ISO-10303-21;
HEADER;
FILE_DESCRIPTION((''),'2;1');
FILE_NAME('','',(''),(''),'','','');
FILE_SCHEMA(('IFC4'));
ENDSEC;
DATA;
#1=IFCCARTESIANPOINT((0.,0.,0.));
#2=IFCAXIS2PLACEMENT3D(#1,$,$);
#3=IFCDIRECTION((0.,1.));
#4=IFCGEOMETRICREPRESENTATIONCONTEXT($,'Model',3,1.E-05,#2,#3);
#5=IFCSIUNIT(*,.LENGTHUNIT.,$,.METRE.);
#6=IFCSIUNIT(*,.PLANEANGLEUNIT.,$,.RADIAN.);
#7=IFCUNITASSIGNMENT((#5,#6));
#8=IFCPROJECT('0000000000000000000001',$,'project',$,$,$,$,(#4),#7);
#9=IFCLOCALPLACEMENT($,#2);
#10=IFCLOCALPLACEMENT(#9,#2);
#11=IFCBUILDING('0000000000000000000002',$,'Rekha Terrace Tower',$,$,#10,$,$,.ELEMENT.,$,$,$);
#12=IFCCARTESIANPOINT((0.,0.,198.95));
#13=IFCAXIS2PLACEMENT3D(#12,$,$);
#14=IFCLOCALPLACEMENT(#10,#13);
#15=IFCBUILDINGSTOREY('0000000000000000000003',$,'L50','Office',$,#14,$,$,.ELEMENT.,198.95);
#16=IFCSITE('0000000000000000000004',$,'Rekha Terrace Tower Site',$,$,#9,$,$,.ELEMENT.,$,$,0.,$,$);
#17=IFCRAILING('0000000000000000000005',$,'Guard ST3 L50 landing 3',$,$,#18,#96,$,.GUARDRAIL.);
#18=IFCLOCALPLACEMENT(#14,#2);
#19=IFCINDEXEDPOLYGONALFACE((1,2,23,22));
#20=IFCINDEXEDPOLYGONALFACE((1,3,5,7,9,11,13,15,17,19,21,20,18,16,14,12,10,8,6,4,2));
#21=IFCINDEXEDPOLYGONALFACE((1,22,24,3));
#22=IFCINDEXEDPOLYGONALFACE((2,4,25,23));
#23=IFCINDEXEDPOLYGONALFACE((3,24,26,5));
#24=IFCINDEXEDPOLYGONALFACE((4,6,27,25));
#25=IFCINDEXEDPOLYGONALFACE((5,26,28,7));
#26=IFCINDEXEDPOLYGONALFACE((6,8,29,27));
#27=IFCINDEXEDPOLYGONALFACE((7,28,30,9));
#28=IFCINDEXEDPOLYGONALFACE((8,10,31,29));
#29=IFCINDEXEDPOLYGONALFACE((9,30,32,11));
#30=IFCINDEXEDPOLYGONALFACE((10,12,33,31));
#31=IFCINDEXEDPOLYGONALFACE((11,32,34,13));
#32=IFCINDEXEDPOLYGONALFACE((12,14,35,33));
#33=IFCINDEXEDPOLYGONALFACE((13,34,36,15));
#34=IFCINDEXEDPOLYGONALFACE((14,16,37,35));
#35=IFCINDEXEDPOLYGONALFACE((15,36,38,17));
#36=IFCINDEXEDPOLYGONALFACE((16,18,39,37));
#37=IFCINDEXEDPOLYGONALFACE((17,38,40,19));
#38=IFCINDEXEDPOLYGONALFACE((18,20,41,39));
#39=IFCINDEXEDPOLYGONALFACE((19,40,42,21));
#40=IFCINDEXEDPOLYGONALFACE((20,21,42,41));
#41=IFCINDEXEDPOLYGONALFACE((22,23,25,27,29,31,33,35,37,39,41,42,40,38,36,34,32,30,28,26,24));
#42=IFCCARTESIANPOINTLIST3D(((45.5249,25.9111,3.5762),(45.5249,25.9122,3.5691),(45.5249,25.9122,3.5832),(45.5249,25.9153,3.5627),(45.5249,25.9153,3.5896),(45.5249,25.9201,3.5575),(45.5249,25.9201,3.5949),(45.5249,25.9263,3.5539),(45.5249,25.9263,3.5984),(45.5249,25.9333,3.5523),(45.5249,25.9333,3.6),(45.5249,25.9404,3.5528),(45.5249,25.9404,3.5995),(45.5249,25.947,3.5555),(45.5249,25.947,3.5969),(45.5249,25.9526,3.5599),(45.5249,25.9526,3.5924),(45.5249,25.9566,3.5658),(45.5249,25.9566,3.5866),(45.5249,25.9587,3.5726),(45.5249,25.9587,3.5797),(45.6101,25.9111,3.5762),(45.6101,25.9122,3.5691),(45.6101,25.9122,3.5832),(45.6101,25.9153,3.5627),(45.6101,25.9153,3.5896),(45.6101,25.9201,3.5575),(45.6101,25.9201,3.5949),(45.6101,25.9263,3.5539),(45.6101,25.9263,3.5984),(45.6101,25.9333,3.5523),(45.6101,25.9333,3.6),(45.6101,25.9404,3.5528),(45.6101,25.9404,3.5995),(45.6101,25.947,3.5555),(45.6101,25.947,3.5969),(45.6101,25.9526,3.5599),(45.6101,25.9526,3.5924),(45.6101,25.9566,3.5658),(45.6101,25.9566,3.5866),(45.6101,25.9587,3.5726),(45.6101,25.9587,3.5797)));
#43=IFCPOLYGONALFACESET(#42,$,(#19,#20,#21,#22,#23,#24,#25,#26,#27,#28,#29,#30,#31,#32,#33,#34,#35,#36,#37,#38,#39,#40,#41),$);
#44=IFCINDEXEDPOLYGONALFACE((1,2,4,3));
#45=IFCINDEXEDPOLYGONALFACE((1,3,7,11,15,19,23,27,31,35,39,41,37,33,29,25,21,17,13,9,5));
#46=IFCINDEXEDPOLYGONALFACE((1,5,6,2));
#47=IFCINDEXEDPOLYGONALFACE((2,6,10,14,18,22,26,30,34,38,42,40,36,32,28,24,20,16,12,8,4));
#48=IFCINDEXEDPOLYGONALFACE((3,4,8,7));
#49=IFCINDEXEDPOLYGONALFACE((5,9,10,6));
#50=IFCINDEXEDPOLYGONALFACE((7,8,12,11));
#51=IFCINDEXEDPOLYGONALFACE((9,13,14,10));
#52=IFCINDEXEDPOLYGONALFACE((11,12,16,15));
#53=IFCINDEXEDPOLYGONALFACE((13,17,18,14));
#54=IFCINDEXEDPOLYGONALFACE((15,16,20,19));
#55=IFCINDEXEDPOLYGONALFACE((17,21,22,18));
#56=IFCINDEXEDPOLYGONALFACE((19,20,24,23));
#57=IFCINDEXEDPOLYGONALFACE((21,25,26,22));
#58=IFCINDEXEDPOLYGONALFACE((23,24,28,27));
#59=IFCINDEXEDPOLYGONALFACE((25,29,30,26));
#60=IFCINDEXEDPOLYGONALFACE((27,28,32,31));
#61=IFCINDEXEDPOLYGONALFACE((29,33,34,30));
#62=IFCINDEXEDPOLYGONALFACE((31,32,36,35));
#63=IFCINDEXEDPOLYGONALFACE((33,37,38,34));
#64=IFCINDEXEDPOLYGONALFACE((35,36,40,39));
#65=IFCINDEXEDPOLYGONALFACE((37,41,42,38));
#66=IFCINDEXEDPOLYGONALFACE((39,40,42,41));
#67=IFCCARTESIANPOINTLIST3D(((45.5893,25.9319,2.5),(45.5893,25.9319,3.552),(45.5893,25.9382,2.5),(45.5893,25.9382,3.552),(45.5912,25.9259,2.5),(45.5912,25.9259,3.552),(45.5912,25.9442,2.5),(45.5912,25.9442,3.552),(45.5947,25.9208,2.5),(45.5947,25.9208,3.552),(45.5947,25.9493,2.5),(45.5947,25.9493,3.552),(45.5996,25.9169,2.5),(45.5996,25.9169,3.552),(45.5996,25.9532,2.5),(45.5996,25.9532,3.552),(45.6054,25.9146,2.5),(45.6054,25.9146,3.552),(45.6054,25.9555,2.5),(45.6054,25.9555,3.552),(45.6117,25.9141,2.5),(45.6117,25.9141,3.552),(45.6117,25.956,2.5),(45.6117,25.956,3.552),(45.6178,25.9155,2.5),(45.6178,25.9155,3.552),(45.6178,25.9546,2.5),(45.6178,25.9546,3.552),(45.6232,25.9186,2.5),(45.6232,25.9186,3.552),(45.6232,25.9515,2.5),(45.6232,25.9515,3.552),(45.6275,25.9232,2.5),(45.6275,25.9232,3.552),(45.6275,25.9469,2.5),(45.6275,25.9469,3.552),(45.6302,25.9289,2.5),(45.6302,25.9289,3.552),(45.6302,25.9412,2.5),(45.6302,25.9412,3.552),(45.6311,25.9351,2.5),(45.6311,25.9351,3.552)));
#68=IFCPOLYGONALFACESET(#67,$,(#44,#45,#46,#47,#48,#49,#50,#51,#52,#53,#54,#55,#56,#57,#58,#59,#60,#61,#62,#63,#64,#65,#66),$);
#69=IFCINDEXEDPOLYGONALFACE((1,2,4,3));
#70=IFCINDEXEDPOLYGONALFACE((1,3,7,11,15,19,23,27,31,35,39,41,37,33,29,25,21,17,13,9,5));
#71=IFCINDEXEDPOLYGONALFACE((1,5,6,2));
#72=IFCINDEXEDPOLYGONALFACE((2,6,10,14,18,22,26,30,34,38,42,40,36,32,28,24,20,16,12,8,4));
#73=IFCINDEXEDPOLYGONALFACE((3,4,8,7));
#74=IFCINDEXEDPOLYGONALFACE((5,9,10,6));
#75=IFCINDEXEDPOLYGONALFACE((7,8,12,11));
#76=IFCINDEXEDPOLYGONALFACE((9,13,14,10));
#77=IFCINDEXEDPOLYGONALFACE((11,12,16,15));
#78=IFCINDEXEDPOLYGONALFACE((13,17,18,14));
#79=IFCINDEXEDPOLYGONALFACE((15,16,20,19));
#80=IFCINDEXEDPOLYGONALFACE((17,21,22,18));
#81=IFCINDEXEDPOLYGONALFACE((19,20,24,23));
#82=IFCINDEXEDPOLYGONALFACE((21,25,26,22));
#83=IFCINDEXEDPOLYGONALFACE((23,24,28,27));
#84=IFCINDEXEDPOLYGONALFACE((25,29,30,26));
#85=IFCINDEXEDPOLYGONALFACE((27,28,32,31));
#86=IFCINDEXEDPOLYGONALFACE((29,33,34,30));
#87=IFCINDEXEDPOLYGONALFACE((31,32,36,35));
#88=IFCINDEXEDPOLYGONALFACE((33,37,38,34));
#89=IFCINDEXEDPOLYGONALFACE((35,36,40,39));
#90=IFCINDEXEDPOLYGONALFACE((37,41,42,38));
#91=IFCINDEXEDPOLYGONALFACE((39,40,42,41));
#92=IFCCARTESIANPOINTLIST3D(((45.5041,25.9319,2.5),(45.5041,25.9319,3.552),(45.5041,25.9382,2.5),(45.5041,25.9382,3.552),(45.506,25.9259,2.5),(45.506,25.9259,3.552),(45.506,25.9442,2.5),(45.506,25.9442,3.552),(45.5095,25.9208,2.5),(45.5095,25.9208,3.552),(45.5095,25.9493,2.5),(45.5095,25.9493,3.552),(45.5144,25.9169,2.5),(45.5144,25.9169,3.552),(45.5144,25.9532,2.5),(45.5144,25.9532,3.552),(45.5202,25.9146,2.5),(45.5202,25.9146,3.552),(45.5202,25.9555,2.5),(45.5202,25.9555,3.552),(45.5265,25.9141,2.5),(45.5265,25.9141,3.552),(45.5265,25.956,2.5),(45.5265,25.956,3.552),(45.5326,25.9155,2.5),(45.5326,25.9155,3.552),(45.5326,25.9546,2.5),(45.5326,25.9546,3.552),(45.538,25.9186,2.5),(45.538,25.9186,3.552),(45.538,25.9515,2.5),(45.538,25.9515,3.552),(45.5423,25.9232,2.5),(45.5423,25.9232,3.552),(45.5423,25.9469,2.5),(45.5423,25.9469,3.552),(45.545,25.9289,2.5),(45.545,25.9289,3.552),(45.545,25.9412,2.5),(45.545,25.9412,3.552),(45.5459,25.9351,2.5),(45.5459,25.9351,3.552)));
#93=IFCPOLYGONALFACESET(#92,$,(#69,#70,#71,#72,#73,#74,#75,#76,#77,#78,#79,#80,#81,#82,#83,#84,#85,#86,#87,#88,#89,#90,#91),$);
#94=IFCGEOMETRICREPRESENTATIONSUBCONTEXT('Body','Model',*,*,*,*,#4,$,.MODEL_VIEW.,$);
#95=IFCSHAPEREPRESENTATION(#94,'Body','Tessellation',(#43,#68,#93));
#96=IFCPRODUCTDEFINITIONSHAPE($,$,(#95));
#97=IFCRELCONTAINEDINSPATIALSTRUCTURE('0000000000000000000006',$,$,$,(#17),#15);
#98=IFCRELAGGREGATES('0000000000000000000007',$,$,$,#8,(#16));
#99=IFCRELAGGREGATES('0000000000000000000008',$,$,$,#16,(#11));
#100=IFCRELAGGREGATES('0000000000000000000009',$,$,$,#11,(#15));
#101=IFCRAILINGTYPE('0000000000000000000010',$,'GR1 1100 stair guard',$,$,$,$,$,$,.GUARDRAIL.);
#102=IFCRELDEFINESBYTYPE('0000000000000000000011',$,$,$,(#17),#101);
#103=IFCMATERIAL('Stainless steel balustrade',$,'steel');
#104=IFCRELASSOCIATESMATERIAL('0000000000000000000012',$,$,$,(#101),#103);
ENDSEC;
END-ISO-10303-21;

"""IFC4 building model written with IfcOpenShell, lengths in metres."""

from ifc_helpers import new_model, si_unit, direction, frame, origin, origin_2d, place, context, subcontext, project, spatial, circle, extrude, material, type_object, element, save


model = new_model("IFC4")

# Units and contexts
model_context = context("Model", 3, precision=1e-05, world=origin(), true_north=direction((0.0, 1.0)))
body_context = subcontext(model_context, "Body", "Model", "MODEL_VIEW")
ifc_project = project(units=[si_unit("LENGTHUNIT", "METRE"), si_unit("PLANEANGLEUNIT", "RADIAN")], contexts=[model_context])

# Site, building, storey
site_placement = place(None, origin())
site = spatial("IfcSite", under=ifc_project, at=site_placement, Name="Rekha Terrace Tower Site", CompositionType="ELEMENT", RefElevation=0.0)
building_placement = place(site_placement, origin())
building = spatial("IfcBuilding", under=site, at=building_placement, Name="Rekha Terrace Tower", CompositionType="ELEMENT")
storey_placement = place(building_placement, frame((0.0, 0.0, 198.95)))
storey = spatial("IfcBuildingStorey", under=building, at=storey_placement, Name="L50", Description="Office", CompositionType="ELEMENT", Elevation=198.95)

# Railing
ifc_material_1 = material(Name="Stainless steel balustrade", Category="steel")
railing_type_1 = type_object("IfcRailingType", Name="GR1 1100 stair guard", PredefinedType="GUARDRAIL", material=ifc_material_1)
railing_1_placement = place(storey_placement, frame((45.6101, 25.9351, 2.5)))
element("IfcRailing", 1, at=railing_1_placement, inside=storey, type_object=railing_type_1, Name="Guard ST3 L50 landing 3", PredefinedType="GUARDRAIL", context=body_context, shape_type="SweptSolid", body=[
    extrude(circle(Radius=0.0239, at=origin_2d()), frame((0.0, 0.0, 1.0762), z_axis=(-1.0, 0.0, 0.0), x_axis=(0.0, -1.0, 0.0)), (0.0, 0.0, 1.0), 0.0852),
    extrude(circle(Radius=0.021, at=origin_2d()), origin(), (0.0, 0.0, 1.0), 1.052),
    extrude(circle(Radius=0.021, at=origin_2d()), frame((-0.0852, 0.0, 0.0)), (0.0, 0.0, 1.0), 1.052),
])

save(model, "model.ifc")
